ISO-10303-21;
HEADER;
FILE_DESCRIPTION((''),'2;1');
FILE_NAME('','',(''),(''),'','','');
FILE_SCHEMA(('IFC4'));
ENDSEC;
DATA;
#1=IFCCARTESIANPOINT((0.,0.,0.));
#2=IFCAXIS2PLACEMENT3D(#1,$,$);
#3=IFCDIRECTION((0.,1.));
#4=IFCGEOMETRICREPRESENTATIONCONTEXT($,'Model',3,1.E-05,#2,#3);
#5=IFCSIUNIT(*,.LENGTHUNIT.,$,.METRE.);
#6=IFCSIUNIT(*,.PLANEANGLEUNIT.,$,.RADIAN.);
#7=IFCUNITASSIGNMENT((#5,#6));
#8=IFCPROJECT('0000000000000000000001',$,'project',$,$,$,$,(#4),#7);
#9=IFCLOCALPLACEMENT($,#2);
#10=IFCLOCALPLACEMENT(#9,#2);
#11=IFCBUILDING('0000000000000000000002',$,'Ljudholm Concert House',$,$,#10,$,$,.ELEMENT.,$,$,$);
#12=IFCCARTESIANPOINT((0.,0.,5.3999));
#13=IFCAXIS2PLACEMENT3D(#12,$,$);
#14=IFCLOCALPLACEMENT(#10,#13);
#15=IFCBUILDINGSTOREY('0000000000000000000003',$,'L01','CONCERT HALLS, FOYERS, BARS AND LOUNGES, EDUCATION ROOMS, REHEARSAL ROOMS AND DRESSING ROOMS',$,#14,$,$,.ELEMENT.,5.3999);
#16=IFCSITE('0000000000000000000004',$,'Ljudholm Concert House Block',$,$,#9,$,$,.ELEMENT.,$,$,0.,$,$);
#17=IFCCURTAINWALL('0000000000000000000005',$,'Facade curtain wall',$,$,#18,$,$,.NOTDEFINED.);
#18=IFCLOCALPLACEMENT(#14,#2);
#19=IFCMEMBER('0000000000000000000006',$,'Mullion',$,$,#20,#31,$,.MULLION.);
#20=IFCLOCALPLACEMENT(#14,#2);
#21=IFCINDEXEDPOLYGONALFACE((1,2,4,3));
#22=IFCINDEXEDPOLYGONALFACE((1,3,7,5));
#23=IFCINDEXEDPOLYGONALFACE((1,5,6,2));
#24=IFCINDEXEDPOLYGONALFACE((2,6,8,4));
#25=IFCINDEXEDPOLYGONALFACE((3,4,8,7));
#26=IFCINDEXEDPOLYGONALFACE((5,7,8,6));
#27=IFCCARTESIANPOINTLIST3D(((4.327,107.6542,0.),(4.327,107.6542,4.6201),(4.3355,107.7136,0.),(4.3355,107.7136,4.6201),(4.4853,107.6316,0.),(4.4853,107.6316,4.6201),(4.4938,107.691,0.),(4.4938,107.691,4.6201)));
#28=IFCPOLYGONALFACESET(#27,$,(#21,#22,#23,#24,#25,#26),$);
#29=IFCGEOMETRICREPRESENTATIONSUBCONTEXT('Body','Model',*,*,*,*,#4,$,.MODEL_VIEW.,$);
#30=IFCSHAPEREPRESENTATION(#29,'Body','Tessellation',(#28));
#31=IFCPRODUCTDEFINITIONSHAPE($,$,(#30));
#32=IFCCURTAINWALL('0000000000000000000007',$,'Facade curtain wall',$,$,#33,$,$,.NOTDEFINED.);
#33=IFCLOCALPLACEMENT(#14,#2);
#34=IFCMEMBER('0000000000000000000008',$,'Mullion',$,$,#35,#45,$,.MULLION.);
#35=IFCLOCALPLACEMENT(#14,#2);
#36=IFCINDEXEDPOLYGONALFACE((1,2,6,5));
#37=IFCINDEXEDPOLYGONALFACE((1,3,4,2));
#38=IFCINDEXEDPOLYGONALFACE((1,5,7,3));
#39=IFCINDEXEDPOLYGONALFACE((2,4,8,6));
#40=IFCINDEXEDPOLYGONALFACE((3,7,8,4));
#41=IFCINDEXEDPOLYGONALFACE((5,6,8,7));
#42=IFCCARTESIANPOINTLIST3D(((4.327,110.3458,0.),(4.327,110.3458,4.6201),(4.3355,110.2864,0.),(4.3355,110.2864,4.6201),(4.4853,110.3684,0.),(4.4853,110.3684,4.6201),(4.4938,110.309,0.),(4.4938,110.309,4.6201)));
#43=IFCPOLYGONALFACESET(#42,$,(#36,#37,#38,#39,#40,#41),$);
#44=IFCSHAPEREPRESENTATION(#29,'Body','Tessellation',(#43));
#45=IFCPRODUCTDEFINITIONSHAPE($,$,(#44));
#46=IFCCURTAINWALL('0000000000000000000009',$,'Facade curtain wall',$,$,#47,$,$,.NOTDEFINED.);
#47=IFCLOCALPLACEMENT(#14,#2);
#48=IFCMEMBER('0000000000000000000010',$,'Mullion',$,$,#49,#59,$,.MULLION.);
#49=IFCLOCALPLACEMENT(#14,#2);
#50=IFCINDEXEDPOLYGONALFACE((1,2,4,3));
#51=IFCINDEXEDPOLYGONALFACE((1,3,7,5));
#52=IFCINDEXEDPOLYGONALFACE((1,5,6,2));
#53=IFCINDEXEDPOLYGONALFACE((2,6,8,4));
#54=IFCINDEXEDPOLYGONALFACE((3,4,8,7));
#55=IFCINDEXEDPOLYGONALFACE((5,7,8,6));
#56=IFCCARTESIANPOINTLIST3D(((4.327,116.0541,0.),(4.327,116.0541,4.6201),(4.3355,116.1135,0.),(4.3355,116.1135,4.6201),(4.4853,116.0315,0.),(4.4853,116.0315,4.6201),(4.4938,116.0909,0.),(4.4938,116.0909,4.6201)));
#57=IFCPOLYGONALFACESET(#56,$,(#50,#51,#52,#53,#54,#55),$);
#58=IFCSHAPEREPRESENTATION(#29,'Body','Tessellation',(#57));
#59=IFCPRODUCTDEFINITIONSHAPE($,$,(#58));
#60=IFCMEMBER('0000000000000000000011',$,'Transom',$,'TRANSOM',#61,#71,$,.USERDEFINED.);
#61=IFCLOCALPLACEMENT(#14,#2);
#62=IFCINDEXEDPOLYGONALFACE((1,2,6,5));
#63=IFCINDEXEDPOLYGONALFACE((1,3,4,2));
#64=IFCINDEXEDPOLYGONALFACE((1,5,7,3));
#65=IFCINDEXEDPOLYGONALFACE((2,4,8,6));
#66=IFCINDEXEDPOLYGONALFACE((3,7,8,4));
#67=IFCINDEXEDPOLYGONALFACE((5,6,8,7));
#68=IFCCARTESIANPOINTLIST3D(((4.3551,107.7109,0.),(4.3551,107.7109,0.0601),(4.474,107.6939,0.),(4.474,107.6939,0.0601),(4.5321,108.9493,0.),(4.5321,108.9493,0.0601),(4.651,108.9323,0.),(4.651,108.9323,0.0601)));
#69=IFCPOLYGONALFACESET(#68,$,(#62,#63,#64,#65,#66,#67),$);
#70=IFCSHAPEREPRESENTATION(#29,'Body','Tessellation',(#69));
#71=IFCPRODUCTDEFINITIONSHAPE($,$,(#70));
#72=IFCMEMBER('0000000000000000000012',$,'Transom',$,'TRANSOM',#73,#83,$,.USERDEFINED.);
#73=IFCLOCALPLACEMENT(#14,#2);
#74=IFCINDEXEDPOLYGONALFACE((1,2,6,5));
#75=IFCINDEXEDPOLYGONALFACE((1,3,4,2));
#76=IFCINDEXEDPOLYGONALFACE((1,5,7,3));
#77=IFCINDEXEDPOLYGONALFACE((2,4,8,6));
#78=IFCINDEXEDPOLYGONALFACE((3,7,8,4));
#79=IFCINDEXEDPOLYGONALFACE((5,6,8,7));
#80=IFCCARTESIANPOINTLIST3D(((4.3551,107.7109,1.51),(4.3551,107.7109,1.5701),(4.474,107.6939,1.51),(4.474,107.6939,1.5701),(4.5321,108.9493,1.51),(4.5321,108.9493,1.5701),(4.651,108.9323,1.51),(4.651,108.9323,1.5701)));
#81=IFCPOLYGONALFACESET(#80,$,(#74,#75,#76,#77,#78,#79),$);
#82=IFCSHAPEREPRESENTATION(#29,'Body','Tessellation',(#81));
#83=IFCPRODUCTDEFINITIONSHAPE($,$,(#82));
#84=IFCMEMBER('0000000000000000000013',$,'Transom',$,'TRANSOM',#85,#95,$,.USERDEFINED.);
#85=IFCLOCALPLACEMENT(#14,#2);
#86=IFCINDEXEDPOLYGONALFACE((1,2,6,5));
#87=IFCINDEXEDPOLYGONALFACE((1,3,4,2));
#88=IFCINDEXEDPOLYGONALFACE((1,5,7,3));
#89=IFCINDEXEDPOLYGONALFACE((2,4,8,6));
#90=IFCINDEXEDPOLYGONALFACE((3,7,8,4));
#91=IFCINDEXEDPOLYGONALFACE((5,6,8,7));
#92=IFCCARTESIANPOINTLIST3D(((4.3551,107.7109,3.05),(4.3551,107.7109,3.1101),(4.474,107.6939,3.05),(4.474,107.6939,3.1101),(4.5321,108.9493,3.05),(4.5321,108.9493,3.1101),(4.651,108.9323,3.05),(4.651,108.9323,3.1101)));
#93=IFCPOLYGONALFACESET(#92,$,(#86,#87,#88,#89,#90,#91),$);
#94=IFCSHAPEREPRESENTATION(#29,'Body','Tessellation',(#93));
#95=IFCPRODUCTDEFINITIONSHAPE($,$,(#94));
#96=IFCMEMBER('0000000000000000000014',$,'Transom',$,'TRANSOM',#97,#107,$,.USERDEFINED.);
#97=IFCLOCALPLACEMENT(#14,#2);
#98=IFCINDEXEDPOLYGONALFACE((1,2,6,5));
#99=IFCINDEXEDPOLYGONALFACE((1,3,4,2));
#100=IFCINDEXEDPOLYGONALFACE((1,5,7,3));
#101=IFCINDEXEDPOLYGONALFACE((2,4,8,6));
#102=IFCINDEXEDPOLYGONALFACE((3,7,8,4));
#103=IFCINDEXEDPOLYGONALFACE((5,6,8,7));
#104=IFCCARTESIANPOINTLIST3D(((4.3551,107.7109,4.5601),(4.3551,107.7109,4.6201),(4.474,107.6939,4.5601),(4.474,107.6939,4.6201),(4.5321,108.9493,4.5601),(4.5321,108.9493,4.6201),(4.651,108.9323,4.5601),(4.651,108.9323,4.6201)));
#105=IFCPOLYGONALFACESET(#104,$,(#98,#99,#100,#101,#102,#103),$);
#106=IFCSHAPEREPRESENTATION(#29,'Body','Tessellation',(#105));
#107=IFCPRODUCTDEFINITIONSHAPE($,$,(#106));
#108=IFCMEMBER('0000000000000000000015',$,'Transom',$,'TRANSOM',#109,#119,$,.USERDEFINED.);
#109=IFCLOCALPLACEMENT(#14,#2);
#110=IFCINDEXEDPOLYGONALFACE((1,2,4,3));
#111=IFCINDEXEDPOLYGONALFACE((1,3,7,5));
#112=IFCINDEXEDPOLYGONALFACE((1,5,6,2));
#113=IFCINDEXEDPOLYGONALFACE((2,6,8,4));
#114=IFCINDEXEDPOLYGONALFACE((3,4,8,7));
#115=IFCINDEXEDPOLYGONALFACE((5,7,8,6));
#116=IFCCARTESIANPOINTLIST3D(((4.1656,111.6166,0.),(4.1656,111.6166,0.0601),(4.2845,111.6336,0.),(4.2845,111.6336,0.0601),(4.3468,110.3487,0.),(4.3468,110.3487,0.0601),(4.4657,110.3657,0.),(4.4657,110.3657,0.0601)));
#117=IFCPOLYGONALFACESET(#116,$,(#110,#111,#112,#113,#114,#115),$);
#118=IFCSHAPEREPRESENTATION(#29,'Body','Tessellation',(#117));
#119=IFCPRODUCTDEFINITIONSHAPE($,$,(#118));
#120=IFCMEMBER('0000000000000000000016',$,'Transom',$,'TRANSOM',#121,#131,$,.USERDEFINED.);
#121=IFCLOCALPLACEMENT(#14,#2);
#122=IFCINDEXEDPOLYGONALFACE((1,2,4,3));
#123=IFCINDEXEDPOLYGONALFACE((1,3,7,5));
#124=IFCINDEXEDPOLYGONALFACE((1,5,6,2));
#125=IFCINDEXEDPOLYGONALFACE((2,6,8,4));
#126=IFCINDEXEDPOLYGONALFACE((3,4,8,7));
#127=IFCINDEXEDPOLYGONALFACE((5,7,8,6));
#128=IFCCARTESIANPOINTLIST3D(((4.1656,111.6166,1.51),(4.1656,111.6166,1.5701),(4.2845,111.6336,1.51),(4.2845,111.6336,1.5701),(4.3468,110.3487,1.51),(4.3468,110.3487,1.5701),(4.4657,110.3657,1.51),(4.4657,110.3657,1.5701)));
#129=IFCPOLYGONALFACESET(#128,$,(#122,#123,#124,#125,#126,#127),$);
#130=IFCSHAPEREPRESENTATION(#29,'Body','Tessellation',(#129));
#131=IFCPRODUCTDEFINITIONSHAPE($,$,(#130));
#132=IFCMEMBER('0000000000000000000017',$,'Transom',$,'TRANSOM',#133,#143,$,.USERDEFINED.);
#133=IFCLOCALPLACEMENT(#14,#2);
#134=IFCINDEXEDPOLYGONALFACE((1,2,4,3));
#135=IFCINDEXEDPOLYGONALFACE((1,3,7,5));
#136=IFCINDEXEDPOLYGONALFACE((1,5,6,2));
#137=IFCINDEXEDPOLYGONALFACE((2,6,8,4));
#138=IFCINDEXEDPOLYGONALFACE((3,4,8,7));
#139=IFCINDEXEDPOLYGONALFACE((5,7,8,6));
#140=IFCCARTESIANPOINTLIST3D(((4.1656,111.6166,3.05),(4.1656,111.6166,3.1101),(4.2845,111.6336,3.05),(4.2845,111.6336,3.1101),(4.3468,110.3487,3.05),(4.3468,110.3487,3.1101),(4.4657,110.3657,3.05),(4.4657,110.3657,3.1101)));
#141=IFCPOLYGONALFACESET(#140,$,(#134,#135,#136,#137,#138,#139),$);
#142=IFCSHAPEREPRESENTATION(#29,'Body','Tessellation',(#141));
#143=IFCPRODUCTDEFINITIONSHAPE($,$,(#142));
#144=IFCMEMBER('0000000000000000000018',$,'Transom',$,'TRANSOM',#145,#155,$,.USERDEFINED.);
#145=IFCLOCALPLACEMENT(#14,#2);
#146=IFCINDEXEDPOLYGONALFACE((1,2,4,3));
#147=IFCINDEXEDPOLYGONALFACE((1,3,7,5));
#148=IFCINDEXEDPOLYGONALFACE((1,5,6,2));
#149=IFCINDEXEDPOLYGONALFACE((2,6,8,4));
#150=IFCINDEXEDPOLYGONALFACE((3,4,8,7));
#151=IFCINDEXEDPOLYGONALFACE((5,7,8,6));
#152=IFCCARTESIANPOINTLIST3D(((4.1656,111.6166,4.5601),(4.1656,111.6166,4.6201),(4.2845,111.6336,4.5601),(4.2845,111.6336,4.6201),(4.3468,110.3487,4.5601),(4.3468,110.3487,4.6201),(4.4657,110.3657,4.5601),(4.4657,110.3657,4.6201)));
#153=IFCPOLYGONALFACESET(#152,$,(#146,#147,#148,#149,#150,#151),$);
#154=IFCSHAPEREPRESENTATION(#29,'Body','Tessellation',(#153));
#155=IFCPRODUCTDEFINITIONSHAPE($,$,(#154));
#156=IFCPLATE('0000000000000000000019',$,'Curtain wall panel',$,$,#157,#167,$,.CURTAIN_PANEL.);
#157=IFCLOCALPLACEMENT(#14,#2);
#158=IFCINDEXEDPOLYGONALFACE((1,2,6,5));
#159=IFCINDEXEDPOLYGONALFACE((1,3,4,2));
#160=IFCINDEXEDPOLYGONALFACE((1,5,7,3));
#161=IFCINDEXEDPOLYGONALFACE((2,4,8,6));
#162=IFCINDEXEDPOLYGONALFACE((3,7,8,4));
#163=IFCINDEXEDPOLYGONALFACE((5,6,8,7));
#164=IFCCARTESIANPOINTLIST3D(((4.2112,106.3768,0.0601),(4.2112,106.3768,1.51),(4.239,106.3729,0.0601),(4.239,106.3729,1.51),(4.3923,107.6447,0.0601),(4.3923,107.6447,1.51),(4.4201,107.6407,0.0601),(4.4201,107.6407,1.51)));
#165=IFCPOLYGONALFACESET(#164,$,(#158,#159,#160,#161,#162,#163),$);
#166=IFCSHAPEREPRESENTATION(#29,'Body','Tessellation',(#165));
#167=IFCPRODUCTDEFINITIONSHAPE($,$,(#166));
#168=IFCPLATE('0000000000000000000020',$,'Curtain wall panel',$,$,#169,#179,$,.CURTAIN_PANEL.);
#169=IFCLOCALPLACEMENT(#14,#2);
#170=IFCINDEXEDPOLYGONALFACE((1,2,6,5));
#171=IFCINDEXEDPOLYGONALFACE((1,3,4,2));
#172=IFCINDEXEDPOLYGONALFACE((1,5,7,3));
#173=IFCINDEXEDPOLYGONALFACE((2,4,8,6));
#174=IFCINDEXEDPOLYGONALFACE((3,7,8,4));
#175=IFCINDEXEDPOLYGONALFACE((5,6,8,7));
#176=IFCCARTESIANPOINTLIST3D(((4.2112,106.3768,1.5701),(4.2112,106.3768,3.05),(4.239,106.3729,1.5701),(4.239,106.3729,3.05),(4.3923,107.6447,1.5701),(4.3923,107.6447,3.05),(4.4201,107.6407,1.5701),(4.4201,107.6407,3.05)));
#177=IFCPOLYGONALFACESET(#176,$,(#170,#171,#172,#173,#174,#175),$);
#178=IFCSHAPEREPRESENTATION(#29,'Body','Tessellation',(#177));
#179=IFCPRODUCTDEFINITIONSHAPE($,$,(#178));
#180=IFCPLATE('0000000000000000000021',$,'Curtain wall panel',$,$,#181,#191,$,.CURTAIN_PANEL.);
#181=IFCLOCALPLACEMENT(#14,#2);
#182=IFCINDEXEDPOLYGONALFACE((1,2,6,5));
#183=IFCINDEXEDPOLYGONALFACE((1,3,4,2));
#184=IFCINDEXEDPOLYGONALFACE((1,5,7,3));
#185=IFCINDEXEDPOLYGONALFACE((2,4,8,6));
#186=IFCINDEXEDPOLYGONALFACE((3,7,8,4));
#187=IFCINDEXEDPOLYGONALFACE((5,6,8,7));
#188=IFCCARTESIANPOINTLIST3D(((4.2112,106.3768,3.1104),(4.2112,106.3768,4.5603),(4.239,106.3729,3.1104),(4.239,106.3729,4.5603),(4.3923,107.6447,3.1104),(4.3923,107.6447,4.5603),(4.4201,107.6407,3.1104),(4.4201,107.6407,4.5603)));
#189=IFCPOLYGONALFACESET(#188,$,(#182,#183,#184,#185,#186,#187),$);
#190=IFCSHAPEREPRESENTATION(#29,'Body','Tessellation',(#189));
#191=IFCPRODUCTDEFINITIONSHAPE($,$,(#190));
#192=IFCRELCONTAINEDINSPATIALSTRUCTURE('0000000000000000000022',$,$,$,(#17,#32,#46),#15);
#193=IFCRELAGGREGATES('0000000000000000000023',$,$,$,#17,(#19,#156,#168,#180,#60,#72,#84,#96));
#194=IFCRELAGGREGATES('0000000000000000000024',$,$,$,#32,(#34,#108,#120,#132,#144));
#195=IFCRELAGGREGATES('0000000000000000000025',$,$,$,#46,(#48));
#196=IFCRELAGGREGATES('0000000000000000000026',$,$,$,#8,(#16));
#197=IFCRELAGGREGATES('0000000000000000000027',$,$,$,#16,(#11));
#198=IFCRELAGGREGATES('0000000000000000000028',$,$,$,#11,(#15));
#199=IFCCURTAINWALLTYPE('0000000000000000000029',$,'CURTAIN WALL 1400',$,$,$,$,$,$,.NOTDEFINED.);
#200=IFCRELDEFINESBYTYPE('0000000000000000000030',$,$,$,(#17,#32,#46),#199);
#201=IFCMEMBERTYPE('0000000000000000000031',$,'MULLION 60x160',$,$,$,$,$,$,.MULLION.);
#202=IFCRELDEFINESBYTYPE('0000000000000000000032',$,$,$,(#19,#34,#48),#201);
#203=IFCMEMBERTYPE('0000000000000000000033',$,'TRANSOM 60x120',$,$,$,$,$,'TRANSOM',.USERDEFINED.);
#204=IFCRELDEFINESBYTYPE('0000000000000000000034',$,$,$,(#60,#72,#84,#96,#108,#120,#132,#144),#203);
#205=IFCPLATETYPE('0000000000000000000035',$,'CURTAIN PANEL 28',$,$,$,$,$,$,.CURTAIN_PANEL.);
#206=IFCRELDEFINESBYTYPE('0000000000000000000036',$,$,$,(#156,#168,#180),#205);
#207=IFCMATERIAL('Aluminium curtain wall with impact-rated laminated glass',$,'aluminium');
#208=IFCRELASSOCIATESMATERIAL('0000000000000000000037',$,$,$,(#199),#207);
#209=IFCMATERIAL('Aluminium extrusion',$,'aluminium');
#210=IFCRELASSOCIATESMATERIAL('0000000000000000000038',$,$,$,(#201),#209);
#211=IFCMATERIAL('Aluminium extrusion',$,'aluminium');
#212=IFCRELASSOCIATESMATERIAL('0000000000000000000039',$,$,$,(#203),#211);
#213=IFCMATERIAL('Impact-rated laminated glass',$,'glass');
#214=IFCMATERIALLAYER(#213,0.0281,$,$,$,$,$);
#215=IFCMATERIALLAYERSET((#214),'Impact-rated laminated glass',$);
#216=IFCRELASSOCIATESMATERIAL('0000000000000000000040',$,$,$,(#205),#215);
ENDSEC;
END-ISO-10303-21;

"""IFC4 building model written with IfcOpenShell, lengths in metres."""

from ifc_helpers import new_model, si_unit, direction, frame, origin, origin_2d, place, context, subcontext, project, spatial, rectangle, extrude, material, layer, layer_set, material_profile, profile_set, type_object, element, aggregate, save


model = new_model("IFC4")

# Units and contexts
model_context = context("Model", 3, precision=1e-05, world=origin(), true_north=direction((0.0, 1.0)))
body_context = subcontext(model_context, "Body", "Model", "MODEL_VIEW")
ifc_project = project(units=[si_unit("LENGTHUNIT", "METRE"), si_unit("PLANEANGLEUNIT", "RADIAN")], contexts=[model_context])

# Site, building, storey
site_placement = place(None, origin())
site = spatial("IfcSite", under=ifc_project, at=site_placement, Name="Ljudholm Concert House Block", CompositionType="ELEMENT", RefElevation=0.0)
building_placement = place(site_placement, origin())
building = spatial("IfcBuilding", under=site, at=building_placement, Name="Ljudholm Concert House", CompositionType="ELEMENT")
storey_placement = place(building_placement, frame((0.0, 0.0, 5.3999)))
storey = spatial("IfcBuildingStorey", under=building, at=storey_placement, Name="L01", Description="CONCERT HALLS, FOYERS, BARS AND LOUNGES, EDUCATION ROOMS, REHEARSAL ROOMS AND DRESSING ROOMS", CompositionType="ELEMENT", Elevation=5.3999)

# Curtain walls, members
ifc_material_1 = material(Name="Aluminium curtain wall with impact-rated laminated glass", Category="aluminium")
curtain_wall_type = type_object("IfcCurtainWallType", Name="CURTAIN WALL 1400", PredefinedType="NOTDEFINED", material=ifc_material_1)
curtain_wall_1_placement = place(storey_placement, origin())
curtain_wall_1 = element("IfcCurtainWall", 1, at=curtain_wall_1_placement, inside=storey, type_object=curtain_wall_type, Name="Facade curtain wall", PredefinedType="NOTDEFINED")
ifc_material_2 = material(Name="Aluminium extrusion", Category="aluminium")
ifc_material_profile_1 = material_profile(ifc_material_2, rectangle(XDim=0.1599, YDim=0.0601, at=origin_2d()), Name="MULLION 60x160")
ifc_profile_set_1 = profile_set([ifc_material_profile_1], Name="Aluminium extrusion")
member_type_1 = type_object("IfcMemberType", Name="MULLION 60x160", PredefinedType="MULLION", material=ifc_profile_set_1)
member_1_placement = place(storey_placement, frame((4.4104, 107.6726, 0.0), z_axis=(0.0, 0.0, 1.0), x_axis=(-0.989949, 0.141421, 0.0)))
member_1 = element("IfcMember", 2, at=member_1_placement, type_object=member_type_1, Name="Mullion", PredefinedType="MULLION", context=body_context, shape_type="SweptSolid", body=[
    extrude(rectangle(XDim=0.1599, YDim=0.0601, at=origin_2d()), origin(), (0.0, 0.0, 1.0), 4.6201),
])
curtain_wall_2_placement = place(storey_placement, origin())
curtain_wall_2 = element("IfcCurtainWall", 3, at=curtain_wall_2_placement, inside=storey, type_object=curtain_wall_type, Name="Facade curtain wall", PredefinedType="NOTDEFINED")
member_2_placement = place(storey_placement, frame((4.4104, 110.3274, 0.0), z_axis=(0.0, 0.0, 1.0), x_axis=(-0.989949, -0.141421, 0.0)))
member_2 = element("IfcMember", 4, at=member_2_placement, type_object=member_type_1, Name="Mullion", PredefinedType="MULLION", context=body_context, shape_type="SweptSolid", body=[
    extrude(rectangle(XDim=0.1599, YDim=0.0601, at=origin_2d()), origin(), (0.0, 0.0, 1.0), 4.6201),
])
curtain_wall_3_placement = place(storey_placement, origin())
curtain_wall_3 = element("IfcCurtainWall", 5, at=curtain_wall_3_placement, inside=storey, type_object=curtain_wall_type, Name="Facade curtain wall", PredefinedType="NOTDEFINED")
member_3_placement = place(storey_placement, frame((4.4104, 116.0725, 0.0), z_axis=(0.0, 0.0, 1.0), x_axis=(-0.989949, 0.141421, 0.0)))
member_3 = element("IfcMember", 6, at=member_3_placement, type_object=member_type_1, Name="Mullion", PredefinedType="MULLION", context=body_context, shape_type="SweptSolid", body=[
    extrude(rectangle(XDim=0.1599, YDim=0.0601, at=origin_2d()), origin(), (0.0, 0.0, 1.0), 4.6201),
])

# Members
ifc_material_3 = material(Name="Aluminium extrusion", Category="aluminium")
ifc_material_profile_2 = material_profile(ifc_material_3, rectangle(XDim=0.1201, YDim=0.0601, at=origin_2d()), Name="TRANSOM 60x120")
ifc_profile_set_2 = profile_set([ifc_material_profile_2], Name="Aluminium extrusion")
member_type_2 = type_object("IfcMemberType", Name="TRANSOM 60x120", ElementType="TRANSOM", PredefinedType="USERDEFINED", material=ifc_profile_set_2)
member_4_placement = place(storey_placement, frame((4.4146, 107.7024, 0.03), z_axis=(0.141503, 0.989938, 0.0), x_axis=(-0.989938, 0.141503, 0.0)))
member_4 = element("IfcMember", 7, at=member_4_placement, type_object=member_type_2, Name="Transom", ObjectType="TRANSOM", PredefinedType="USERDEFINED", context=body_context, shape_type="SweptSolid", body=[
    extrude(rectangle(XDim=0.1201, YDim=0.0601, at=origin_2d()), origin(), (0.0, 0.0, 1.0), 1.251),
])
member_5_placement = place(storey_placement, frame((4.4146, 107.7024, 1.54), z_axis=(0.141503, 0.989938, 0.0), x_axis=(-0.989938, 0.141503, 0.0)))
member_5 = element("IfcMember", 8, at=member_5_placement, type_object=member_type_2, Name="Transom", ObjectType="TRANSOM", PredefinedType="USERDEFINED", context=body_context, shape_type="SweptSolid", body=[
    extrude(rectangle(XDim=0.1201, YDim=0.0601, at=origin_2d()), origin(), (0.0, 0.0, 1.0), 1.251),
])
member_6_placement = place(storey_placement, frame((4.4146, 107.7024, 3.0801), z_axis=(0.141503, 0.989938, 0.0), x_axis=(-0.989938, 0.141503, 0.0)))
member_6 = element("IfcMember", 9, at=member_6_placement, type_object=member_type_2, Name="Transom", ObjectType="TRANSOM", PredefinedType="USERDEFINED", context=body_context, shape_type="SweptSolid", body=[
    extrude(rectangle(XDim=0.1201, YDim=0.0601, at=origin_2d()), origin(), (0.0, 0.0, 1.0), 1.251),
])
member_7_placement = place(storey_placement, frame((4.4146, 107.7024, 4.5901), z_axis=(0.141503, 0.989938, 0.0), x_axis=(-0.989938, 0.141503, 0.0)))
member_7 = element("IfcMember", 10, at=member_7_placement, type_object=member_type_2, Name="Transom", ObjectType="TRANSOM", PredefinedType="USERDEFINED", context=body_context, shape_type="SweptSolid", body=[
    extrude(rectangle(XDim=0.1201, YDim=0.0601, at=origin_2d()), origin(), (0.0, 0.0, 1.0), 1.251),
])
member_8_placement = place(storey_placement, frame((4.4062, 110.3572, 0.03), z_axis=(-0.141448, 0.989946, 0.0), x_axis=(-0.989946, -0.141448, 0.0)))
member_8 = element("IfcMember", 11, at=member_8_placement, type_object=member_type_2, Name="Transom", ObjectType="TRANSOM", PredefinedType="USERDEFINED", context=body_context, shape_type="SweptSolid", body=[
    extrude(rectangle(XDim=0.1201, YDim=0.0601, at=origin_2d()), origin(), (0.0, 0.0, 1.0), 1.2808),
])
member_9_placement = place(storey_placement, frame((4.4062, 110.3572, 1.54), z_axis=(-0.141448, 0.989946, 0.0), x_axis=(-0.989946, -0.141448, 0.0)))
member_9 = element("IfcMember", 12, at=member_9_placement, type_object=member_type_2, Name="Transom", ObjectType="TRANSOM", PredefinedType="USERDEFINED", context=body_context, shape_type="SweptSolid", body=[
    extrude(rectangle(XDim=0.1201, YDim=0.0601, at=origin_2d()), origin(), (0.0, 0.0, 1.0), 1.2808),
])
member_10_placement = place(storey_placement, frame((4.4062, 110.3572, 3.0801), z_axis=(-0.141448, 0.989946, 0.0), x_axis=(-0.989946, -0.141448, 0.0)))
member_10 = element("IfcMember", 13, at=member_10_placement, type_object=member_type_2, Name="Transom", ObjectType="TRANSOM", PredefinedType="USERDEFINED", context=body_context, shape_type="SweptSolid", body=[
    extrude(rectangle(XDim=0.1201, YDim=0.0601, at=origin_2d()), origin(), (0.0, 0.0, 1.0), 1.2808),
])
member_11_placement = place(storey_placement, frame((4.4062, 110.3572, 4.5901), z_axis=(-0.141448, 0.989946, 0.0), x_axis=(-0.989946, -0.141448, 0.0)))
member_11 = element("IfcMember", 14, at=member_11_placement, type_object=member_type_2, Name="Transom", ObjectType="TRANSOM", PredefinedType="USERDEFINED", context=body_context, shape_type="SweptSolid", body=[
    extrude(rectangle(XDim=0.1201, YDim=0.0601, at=origin_2d()), origin(), (0.0, 0.0, 1.0), 1.2808),
])

# Plates
ifc_material_4 = material(Name="Impact-rated laminated glass", Category="glass")
ifc_layer = layer(ifc_material_4, 0.0281)
ifc_layer_set = layer_set([ifc_layer], Name="Impact-rated laminated glass")
plate_type = type_object("IfcPlateType", Name="CURTAIN PANEL 28", PredefinedType="CURTAIN_PANEL", material=ifc_layer_set)
plate_1_placement = place(storey_placement, frame((4.3157, 107.0088, 0.0601), z_axis=(0.0, 0.0, 1.0), x_axis=(0.141421, 0.989949, 0.0)))
plate_1 = element("IfcPlate", 15, at=plate_1_placement, type_object=plate_type, Name="Curtain wall panel", PredefinedType="CURTAIN_PANEL", context=body_context, shape_type="SweptSolid", body=[
    extrude(rectangle(XDim=1.2808, YDim=0.0281, at=origin_2d()), origin(), (0.0, 0.0, 1.0), 1.45),
])
plate_2_placement = place(storey_placement, frame((4.3157, 107.0088, 1.5701), z_axis=(0.0, 0.0, 1.0), x_axis=(0.141421, 0.989949, 0.0)))
plate_2 = element("IfcPlate", 16, at=plate_2_placement, type_object=plate_type, Name="Curtain wall panel", PredefinedType="CURTAIN_PANEL", context=body_context, shape_type="SweptSolid", body=[
    extrude(rectangle(XDim=1.2808, YDim=0.0281, at=origin_2d()), origin(), (0.0, 0.0, 1.0), 1.48),
])
plate_3_placement = place(storey_placement, frame((4.3157, 107.0088, 3.1104), z_axis=(0.0, 0.0, 1.0), x_axis=(0.141421, 0.989949, 0.0)))
plate_3 = element("IfcPlate", 17, at=plate_3_placement, type_object=plate_type, Name="Curtain wall panel", PredefinedType="CURTAIN_PANEL", context=body_context, shape_type="SweptSolid", body=[
    extrude(rectangle(XDim=1.2808, YDim=0.0281, at=origin_2d()), origin(), (0.0, 0.0, 1.0), 1.45),
])
aggregate(curtain_wall_1, [member_1, plate_1, plate_2, plate_3, member_4, member_5, member_6, member_7])
aggregate(curtain_wall_2, [member_2, member_8, member_9, member_10, member_11])
aggregate(curtain_wall_3, [member_3])

save(model, "model.ifc")
